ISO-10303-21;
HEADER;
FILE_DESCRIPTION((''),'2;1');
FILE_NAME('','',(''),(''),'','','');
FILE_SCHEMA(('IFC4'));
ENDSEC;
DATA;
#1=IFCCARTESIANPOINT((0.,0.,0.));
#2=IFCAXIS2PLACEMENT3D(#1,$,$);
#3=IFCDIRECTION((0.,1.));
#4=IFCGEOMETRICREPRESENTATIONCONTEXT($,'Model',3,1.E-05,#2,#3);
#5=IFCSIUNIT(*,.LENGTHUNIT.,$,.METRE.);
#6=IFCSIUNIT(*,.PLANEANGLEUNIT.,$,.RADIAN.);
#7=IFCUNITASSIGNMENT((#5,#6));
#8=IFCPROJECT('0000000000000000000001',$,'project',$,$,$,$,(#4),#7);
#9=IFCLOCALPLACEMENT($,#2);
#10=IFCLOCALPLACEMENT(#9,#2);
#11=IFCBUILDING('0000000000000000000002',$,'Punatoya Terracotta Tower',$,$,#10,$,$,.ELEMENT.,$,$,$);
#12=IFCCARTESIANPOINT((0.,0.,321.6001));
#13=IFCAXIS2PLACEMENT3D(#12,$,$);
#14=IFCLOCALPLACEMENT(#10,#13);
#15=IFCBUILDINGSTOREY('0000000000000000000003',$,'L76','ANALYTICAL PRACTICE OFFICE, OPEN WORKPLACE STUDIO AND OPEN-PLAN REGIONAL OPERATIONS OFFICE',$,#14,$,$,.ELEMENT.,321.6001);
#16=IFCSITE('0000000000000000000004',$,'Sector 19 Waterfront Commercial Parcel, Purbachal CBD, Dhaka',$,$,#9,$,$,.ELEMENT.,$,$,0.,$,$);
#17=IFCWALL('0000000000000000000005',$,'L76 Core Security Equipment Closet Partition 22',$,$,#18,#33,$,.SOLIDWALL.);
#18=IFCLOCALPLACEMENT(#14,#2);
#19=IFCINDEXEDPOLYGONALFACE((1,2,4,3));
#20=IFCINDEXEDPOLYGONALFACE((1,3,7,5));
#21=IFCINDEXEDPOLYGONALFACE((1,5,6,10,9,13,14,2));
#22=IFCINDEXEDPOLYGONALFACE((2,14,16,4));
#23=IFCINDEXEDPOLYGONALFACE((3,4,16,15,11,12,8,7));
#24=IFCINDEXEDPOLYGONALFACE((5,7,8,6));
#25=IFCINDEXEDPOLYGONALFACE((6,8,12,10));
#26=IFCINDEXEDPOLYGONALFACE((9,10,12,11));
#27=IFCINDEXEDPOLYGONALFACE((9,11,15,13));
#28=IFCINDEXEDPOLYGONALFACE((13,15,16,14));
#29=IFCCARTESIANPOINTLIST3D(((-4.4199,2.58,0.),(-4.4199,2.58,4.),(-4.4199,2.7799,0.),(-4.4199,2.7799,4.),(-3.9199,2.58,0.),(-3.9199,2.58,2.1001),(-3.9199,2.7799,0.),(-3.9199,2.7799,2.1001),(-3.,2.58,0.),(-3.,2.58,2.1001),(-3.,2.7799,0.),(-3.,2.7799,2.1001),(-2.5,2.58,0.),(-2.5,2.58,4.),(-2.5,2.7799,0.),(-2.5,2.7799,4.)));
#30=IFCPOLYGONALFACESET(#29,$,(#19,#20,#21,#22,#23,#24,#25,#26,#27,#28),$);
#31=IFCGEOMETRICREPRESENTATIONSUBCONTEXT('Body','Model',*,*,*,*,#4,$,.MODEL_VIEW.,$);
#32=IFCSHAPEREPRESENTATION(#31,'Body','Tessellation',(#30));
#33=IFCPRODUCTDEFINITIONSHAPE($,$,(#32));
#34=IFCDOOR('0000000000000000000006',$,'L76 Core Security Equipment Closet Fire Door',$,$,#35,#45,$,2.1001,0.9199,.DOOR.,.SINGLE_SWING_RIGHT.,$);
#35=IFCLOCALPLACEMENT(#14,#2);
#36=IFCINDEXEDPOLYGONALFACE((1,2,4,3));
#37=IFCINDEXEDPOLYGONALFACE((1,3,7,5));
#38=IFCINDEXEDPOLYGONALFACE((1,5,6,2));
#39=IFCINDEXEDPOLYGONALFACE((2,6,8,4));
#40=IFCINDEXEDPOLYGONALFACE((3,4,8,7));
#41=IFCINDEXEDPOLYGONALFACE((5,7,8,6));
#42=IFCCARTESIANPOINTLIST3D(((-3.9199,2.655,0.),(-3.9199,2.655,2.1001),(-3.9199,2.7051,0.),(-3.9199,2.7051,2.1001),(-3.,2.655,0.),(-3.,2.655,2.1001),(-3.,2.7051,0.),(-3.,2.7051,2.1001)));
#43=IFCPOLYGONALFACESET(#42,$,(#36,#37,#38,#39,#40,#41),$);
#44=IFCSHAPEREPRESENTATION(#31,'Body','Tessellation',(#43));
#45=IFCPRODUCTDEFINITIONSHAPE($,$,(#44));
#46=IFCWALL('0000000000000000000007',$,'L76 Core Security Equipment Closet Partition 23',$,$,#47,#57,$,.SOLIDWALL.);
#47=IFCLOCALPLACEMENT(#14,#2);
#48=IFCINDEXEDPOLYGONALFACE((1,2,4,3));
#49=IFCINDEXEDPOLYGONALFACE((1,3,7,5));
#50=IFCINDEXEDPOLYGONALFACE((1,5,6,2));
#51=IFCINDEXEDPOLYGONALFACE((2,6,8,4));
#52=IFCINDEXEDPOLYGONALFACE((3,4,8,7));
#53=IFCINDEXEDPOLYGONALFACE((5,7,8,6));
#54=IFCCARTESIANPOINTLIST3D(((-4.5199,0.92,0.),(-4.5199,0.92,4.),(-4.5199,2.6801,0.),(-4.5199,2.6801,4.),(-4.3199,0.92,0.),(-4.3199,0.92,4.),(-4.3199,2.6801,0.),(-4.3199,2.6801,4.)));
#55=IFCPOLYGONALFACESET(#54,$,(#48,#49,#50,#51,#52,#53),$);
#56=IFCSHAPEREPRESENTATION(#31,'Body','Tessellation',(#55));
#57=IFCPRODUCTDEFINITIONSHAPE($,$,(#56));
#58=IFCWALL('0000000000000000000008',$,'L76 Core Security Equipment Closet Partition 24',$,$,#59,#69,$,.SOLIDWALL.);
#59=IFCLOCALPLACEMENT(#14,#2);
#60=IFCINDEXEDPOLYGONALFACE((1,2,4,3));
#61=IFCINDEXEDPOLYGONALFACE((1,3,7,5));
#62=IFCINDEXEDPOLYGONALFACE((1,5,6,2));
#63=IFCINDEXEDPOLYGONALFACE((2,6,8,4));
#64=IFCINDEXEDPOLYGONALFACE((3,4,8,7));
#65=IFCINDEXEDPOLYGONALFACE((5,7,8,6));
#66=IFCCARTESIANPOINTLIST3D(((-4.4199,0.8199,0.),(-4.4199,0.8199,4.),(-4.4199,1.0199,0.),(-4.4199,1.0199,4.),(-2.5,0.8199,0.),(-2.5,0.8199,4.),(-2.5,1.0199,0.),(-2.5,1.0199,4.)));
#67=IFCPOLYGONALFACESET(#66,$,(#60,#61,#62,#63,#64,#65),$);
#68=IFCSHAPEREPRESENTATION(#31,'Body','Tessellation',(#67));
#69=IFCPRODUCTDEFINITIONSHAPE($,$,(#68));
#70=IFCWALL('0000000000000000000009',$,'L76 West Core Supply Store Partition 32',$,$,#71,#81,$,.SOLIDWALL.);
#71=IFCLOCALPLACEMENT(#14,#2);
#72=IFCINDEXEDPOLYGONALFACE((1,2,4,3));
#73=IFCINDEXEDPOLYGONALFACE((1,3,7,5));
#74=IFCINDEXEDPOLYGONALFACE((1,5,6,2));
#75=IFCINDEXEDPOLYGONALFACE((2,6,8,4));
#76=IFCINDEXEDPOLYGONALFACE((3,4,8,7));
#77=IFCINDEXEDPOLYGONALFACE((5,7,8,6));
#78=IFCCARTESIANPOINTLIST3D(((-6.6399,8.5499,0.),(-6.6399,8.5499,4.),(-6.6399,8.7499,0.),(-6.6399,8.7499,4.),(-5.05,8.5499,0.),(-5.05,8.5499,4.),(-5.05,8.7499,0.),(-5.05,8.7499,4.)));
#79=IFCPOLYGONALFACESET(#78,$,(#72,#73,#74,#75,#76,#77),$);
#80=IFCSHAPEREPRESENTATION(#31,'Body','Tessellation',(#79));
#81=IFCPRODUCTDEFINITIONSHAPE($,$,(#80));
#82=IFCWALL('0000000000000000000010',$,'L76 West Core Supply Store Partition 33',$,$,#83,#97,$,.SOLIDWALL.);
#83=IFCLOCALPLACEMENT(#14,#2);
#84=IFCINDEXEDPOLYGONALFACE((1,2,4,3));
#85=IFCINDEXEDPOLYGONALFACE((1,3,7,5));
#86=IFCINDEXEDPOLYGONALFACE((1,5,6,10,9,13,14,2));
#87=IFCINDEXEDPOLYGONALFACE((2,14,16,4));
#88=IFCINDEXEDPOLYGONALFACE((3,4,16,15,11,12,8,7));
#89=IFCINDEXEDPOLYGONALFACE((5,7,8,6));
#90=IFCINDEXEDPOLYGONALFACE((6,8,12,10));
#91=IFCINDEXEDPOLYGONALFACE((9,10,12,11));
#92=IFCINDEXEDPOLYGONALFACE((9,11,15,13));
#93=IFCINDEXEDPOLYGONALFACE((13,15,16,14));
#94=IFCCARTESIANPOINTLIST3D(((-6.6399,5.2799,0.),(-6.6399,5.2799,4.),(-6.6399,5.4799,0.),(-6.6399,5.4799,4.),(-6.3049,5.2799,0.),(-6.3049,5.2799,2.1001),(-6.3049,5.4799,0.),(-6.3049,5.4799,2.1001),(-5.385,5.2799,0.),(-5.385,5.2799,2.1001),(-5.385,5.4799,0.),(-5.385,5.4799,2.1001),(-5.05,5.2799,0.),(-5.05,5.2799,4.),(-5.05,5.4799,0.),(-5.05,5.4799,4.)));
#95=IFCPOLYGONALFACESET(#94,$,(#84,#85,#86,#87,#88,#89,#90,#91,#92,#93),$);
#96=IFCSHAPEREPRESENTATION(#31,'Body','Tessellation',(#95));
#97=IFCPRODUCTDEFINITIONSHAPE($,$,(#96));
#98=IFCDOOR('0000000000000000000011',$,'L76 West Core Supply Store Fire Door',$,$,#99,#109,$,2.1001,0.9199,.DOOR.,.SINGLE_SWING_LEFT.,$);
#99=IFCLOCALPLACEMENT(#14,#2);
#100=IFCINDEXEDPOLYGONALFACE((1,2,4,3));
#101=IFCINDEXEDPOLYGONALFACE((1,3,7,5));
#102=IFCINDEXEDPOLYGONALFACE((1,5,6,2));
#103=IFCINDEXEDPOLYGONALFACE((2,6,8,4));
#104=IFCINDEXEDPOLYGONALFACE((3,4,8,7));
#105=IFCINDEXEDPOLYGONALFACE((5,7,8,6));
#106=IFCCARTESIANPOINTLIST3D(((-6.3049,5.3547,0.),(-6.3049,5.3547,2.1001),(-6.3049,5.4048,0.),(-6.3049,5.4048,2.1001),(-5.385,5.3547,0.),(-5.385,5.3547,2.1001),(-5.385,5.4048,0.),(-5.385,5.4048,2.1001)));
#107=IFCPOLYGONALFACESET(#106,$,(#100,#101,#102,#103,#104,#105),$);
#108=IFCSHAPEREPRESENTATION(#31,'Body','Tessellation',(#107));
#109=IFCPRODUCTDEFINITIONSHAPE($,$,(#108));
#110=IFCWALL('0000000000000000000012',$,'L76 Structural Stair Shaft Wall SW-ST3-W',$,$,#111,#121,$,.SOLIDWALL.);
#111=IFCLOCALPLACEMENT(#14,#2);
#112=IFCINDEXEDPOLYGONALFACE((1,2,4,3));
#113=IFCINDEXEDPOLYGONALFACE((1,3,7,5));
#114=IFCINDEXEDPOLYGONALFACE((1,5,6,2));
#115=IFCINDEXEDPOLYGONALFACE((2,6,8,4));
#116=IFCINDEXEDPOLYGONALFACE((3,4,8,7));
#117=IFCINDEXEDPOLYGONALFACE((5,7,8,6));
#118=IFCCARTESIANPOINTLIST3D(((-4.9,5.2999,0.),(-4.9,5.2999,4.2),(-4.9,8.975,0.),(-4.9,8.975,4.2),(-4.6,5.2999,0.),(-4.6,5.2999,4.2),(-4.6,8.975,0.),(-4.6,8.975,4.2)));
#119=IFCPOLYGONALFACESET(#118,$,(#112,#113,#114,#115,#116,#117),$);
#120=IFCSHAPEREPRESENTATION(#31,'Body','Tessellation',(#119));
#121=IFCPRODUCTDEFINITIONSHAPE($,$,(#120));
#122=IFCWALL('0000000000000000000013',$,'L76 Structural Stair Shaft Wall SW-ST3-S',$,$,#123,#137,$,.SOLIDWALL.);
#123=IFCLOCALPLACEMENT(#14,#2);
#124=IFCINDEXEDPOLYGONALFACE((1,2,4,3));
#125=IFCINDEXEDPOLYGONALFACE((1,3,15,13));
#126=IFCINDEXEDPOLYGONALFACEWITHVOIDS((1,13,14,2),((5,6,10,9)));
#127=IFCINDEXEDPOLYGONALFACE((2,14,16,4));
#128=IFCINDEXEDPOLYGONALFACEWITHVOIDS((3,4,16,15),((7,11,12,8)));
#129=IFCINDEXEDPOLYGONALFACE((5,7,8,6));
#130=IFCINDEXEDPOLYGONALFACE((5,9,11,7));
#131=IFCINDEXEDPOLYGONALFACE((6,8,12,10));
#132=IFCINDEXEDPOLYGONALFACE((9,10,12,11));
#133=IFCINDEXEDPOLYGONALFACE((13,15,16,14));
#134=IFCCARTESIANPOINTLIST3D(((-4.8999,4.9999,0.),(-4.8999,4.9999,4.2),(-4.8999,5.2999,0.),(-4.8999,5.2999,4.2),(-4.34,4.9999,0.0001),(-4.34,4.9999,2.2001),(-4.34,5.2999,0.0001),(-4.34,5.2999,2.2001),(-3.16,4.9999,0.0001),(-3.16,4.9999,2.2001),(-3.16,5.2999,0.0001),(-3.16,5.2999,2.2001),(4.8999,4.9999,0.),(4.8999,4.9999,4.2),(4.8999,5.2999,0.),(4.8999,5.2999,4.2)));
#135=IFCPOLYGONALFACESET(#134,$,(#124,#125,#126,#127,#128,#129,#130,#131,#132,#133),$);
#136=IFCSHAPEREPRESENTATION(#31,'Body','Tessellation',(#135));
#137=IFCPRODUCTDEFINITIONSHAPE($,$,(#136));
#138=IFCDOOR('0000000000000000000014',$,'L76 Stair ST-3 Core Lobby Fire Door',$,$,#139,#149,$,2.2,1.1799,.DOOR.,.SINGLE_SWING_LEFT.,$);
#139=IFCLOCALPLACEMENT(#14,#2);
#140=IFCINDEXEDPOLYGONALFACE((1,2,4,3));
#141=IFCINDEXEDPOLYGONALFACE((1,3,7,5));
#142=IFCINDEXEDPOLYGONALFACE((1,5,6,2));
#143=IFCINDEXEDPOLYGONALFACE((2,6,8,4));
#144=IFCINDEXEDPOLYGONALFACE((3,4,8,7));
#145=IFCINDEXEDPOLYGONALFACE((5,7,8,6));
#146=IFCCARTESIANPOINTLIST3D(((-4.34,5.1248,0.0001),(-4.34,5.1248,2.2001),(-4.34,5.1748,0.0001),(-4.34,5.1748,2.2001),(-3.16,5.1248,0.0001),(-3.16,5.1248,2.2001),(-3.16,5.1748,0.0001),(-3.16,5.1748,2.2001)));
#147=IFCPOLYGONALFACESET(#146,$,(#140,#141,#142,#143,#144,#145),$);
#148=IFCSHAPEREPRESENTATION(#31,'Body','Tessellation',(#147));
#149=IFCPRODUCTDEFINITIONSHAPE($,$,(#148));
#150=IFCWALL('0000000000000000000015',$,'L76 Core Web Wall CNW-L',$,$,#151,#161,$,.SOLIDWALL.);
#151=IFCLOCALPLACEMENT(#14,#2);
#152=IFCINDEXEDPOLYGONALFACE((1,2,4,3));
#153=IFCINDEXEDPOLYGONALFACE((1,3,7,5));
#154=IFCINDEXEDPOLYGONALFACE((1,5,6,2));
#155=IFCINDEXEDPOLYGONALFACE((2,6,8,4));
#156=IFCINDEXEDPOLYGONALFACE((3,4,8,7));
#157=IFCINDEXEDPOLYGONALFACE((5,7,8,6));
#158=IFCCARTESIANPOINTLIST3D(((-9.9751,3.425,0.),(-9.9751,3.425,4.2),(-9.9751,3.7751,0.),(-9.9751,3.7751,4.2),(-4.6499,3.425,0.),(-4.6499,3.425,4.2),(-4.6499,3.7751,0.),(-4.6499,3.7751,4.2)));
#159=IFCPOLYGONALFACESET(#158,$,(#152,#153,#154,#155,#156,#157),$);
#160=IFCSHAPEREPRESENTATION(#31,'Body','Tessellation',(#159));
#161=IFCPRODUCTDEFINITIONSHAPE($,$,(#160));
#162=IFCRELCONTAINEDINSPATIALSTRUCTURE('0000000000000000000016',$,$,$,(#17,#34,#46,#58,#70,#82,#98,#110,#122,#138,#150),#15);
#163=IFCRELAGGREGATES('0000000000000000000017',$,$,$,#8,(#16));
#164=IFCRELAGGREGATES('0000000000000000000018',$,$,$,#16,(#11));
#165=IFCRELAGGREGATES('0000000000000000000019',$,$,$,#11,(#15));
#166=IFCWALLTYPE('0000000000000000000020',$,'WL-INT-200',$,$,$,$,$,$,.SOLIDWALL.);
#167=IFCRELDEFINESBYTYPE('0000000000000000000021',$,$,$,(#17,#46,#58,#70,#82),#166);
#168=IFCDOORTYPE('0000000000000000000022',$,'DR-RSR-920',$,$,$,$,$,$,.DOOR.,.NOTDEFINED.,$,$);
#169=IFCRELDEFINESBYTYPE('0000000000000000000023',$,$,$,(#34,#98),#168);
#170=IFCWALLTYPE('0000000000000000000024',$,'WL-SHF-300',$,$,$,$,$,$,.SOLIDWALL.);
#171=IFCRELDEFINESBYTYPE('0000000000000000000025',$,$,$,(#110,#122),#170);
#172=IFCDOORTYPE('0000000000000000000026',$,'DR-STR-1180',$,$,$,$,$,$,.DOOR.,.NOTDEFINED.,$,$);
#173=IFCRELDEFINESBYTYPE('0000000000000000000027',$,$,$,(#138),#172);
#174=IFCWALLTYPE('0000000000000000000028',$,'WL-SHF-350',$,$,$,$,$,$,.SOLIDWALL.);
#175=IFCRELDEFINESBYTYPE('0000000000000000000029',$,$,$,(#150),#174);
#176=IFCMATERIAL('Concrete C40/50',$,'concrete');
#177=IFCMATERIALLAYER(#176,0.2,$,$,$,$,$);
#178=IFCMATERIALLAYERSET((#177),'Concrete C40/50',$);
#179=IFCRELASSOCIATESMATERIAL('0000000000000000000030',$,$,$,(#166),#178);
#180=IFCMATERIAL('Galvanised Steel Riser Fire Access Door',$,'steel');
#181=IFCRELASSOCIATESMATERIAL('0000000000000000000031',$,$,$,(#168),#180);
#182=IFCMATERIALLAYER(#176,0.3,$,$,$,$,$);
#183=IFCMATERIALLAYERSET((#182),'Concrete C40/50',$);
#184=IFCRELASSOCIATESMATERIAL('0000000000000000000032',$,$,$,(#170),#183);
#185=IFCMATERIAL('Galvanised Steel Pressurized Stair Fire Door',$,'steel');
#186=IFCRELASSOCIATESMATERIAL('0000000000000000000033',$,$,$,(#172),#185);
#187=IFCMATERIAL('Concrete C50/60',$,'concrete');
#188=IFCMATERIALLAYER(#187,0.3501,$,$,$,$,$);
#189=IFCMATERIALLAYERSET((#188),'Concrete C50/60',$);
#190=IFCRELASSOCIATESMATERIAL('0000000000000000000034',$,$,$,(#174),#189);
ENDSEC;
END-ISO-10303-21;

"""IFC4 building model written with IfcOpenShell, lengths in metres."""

from ifc_helpers import new_model, si_unit, direction, frame, frame_2d, origin, place, context, subcontext, project, spatial, rectangle, extrude, material, layer, layer_set, type_object, element, fill, save


model = new_model("IFC4")

# Units and contexts
model_context = context("Model", 3, precision=1e-05, world=origin(), true_north=direction((0.0, 1.0)))
body_context = subcontext(model_context, "Body", "Model", "MODEL_VIEW")
ifc_project = project(units=[si_unit("LENGTHUNIT", "METRE"), si_unit("PLANEANGLEUNIT", "RADIAN")], contexts=[model_context])

# Site, building, storey
site_placement = place(None, origin())
site = spatial("IfcSite", under=ifc_project, at=site_placement, Name="Sector 19 Waterfront Commercial Parcel, Purbachal CBD, Dhaka", CompositionType="ELEMENT", RefElevation=0.0)
building_placement = place(site_placement, origin())
building = spatial("IfcBuilding", under=site, at=building_placement, Name="Punatoya Terracotta Tower", CompositionType="ELEMENT")
storey_placement = place(building_placement, frame((0.0, 0.0, 321.6001)))
storey = spatial("IfcBuildingStorey", under=building, at=storey_placement, Name="L76", Description="ANALYTICAL PRACTICE OFFICE, OPEN WORKPLACE STUDIO AND OPEN-PLAN REGIONAL OPERATIONS OFFICE", CompositionType="ELEMENT", Elevation=321.6001)

# Shared definitions
ifc_material_1 = material(Name="Concrete C50/60", Category="concrete")

# Shared definitions
ifc_material_2 = material(Name="Concrete C40/50", Category="concrete")
ifc_layer_1 = layer(ifc_material_2, 0.2)
ifc_layer_set_1 = layer_set([ifc_layer_1], Name="Concrete C40/50")
wall_type_1 = type_object("IfcWallType", Name="WL-INT-200", PredefinedType="SOLIDWALL", material=ifc_layer_set_1)

# Wall, opening, door
wall_1_placement = place(storey_placement, frame((-2.5, 2.6799, 0.0), z_axis=(0.0, 0.0, 1.0), x_axis=(-1.0, 0.0, 0.0)))
wall_1 = element("IfcWall", 1, at=wall_1_placement, inside=storey, type_object=wall_type_1, Name="L76 Core Security Equipment Closet Partition 22", PredefinedType="SOLIDWALL", context=body_context, shape_type="SweptSolid", body=[
    extrude(rectangle(XDim=1.9199, YDim=0.2, at=frame_2d((0.96, 0.0))), origin(), (0.0, 0.0, 1.0), 4.0),
])
opening_1_placement = place(wall_1_placement, frame((0.5, 0.0, 0.0)))
opening_1 = element("IfcOpeningElement", 2, at=opening_1_placement, cuts=wall_1, PredefinedType="OPENING", context=body_context, shape_type="SweptSolid", body=[
    extrude(rectangle(XDim=0.9199, YDim=2.1001, at=frame_2d((0.46, 1.05))), frame((0.0, 0.1099, 0.0), z_axis=(0.0, -1.0, 0.0), x_axis=(1.0, 0.0, 0.0)), (0.0, 0.0, 1.0), 0.22),
])
ifc_material_3 = material(Name="Galvanised Steel Riser Fire Access Door", Category="steel")
door_type_1 = type_object("IfcDoorType", Name="DR-RSR-920", OperationType="NOTDEFINED", PredefinedType="DOOR", material=ifc_material_3)
door_1_placement = place(opening_1_placement, origin())
door_1 = element("IfcDoor", 3, at=door_1_placement, inside=storey, type_object=door_type_1, Name="L76 Core Security Equipment Closet Fire Door", OperationType="SINGLE_SWING_RIGHT", OverallHeight=2.1001, OverallWidth=0.9199, PredefinedType="DOOR", context=body_context, shape_type="SweptSolid", body=[
    extrude(rectangle(XDim=0.9199, YDim=2.1001, at=frame_2d((0.46, 1.05))), frame((0.0, 0.0249, 0.0), z_axis=(0.0, -1.0, 0.0), x_axis=(1.0, 0.0, 0.0)), (0.0, 0.0, 1.0), 0.05),
])
fill(opening_1, door_1)

# Walls
wall_2_placement = place(storey_placement, frame((-4.4199, 2.6799, 0.0), z_axis=(0.0, 0.0, 1.0), x_axis=(0.0, -1.0, 0.0)))
element("IfcWall", 4, at=wall_2_placement, inside=storey, type_object=wall_type_1, Name="L76 Core Security Equipment Closet Partition 23", PredefinedType="SOLIDWALL", context=body_context, shape_type="SweptSolid", body=[
    extrude(rectangle(XDim=1.76, YDim=0.2, at=frame_2d((0.8799, 0.0))), origin(), (0.0, 0.0, 1.0), 4.0),
])
wall_3_placement = place(storey_placement, frame((-4.4199, 0.9199, 0.0), z_axis=(0.0, 0.0, 1.0), x_axis=(1.0, 0.0, 0.0)))
element("IfcWall", 5, at=wall_3_placement, inside=storey, type_object=wall_type_1, Name="L76 Core Security Equipment Closet Partition 24", PredefinedType="SOLIDWALL", context=body_context, shape_type="SweptSolid", body=[
    extrude(rectangle(XDim=1.9199, YDim=0.2, at=frame_2d((0.96, 0.0))), origin(), (0.0, 0.0, 1.0), 4.0),
])
wall_4_placement = place(storey_placement, frame((-5.05, 8.6499, 0.0), z_axis=(0.0, 0.0, 1.0), x_axis=(-1.0, 0.0, 0.0)))
element("IfcWall", 6, at=wall_4_placement, inside=storey, type_object=wall_type_1, Name="L76 West Core Supply Store Partition 32", PredefinedType="SOLIDWALL", context=body_context, shape_type="SweptSolid", body=[
    extrude(rectangle(XDim=1.5898, YDim=0.2, at=frame_2d((0.7949, 0.0))), origin(), (0.0, 0.0, 1.0), 4.0),
])

# Wall, opening, door
wall_5_placement = place(storey_placement, frame((-6.6399, 5.3799, 0.0), z_axis=(0.0, 0.0, 1.0), x_axis=(1.0, 0.0, 0.0)))
wall_5 = element("IfcWall", 7, at=wall_5_placement, inside=storey, type_object=wall_type_1, Name="L76 West Core Supply Store Partition 33", PredefinedType="SOLIDWALL", context=body_context, shape_type="SweptSolid", body=[
    extrude(rectangle(XDim=1.5898, YDim=0.2, at=frame_2d((0.7949, 0.0))), origin(), (0.0, 0.0, 1.0), 4.0),
])
opening_2_placement = place(wall_5_placement, frame((0.335, 0.0, 0.0)))
opening_2 = element("IfcOpeningElement", 8, at=opening_2_placement, cuts=wall_5, PredefinedType="OPENING", context=body_context, shape_type="SweptSolid", body=[
    extrude(rectangle(XDim=0.9199, YDim=2.1001, at=frame_2d((0.46, 1.05))), frame((0.0, 0.1099, 0.0), z_axis=(0.0, -1.0, 0.0), x_axis=(1.0, 0.0, 0.0)), (0.0, 0.0, 1.0), 0.22),
])
door_2_placement = place(opening_2_placement, origin())
door_2 = element("IfcDoor", 9, at=door_2_placement, inside=storey, type_object=door_type_1, Name="L76 West Core Supply Store Fire Door", OperationType="SINGLE_SWING_LEFT", OverallHeight=2.1001, OverallWidth=0.9199, PredefinedType="DOOR", context=body_context, shape_type="SweptSolid", body=[
    extrude(rectangle(XDim=0.9199, YDim=2.1001, at=frame_2d((0.46, 1.05))), frame((0.0, 0.0249, 0.0), z_axis=(0.0, -1.0, 0.0), x_axis=(1.0, 0.0, 0.0)), (0.0, 0.0, 1.0), 0.05),
])
fill(opening_2, door_2)

# Wall
ifc_layer_2 = layer(ifc_material_2, 0.3)
ifc_layer_set_2 = layer_set([ifc_layer_2], Name="Concrete C40/50")
wall_type_2 = type_object("IfcWallType", Name="WL-SHF-300", PredefinedType="SOLIDWALL", material=ifc_layer_set_2)
wall_6_placement = place(storey_placement, frame((-4.75, 5.3, 0.0), z_axis=(0.0, 0.0, 1.0), x_axis=(0.0, 1.0, 0.0)))
element("IfcWall", 10, at=wall_6_placement, inside=storey, type_object=wall_type_2, Name="L76 Structural Stair Shaft Wall SW-ST3-W", PredefinedType="SOLIDWALL", context=body_context, shape_type="SweptSolid", body=[
    extrude(rectangle(XDim=3.675, YDim=0.3, at=frame_2d((1.8374, 0.0))), origin(), (0.0, 0.0, 1.0), 4.2),
])

# Wall, opening, door
wall_7_placement = place(storey_placement, frame((-4.8999, 5.1499, 0.0), z_axis=(0.0, 0.0, 1.0), x_axis=(1.0, 0.0, 0.0)))
wall_7 = element("IfcWall", 11, at=wall_7_placement, inside=storey, type_object=wall_type_2, Name="L76 Structural Stair Shaft Wall SW-ST3-S", PredefinedType="SOLIDWALL", context=body_context, shape_type="SweptSolid", body=[
    extrude(rectangle(XDim=9.7998, YDim=0.3, at=frame_2d((4.8999, 0.0))), origin(), (0.0, 0.0, 1.0), 4.2),
])
opening_3_placement = place(wall_7_placement, frame((0.5601, 0.0, 0.0)))
opening_3 = element("IfcOpeningElement", 12, at=opening_3_placement, cuts=wall_7, PredefinedType="OPENING", context=body_context, shape_type="SweptSolid", body=[
    extrude(rectangle(XDim=1.1799, YDim=2.2, at=frame_2d((0.5898, 1.1001))), frame((0.0, 0.1599, 0.0), z_axis=(0.0, -1.0, 0.0), x_axis=(1.0, 0.0, 0.0)), (0.0, 0.0, 1.0), 0.3201),
])
ifc_material_4 = material(Name="Galvanised Steel Pressurized Stair Fire Door", Category="steel")
door_type_2 = type_object("IfcDoorType", Name="DR-STR-1180", OperationType="NOTDEFINED", PredefinedType="DOOR", material=ifc_material_4)
door_3_placement = place(opening_3_placement, origin())
door_3 = element("IfcDoor", 13, at=door_3_placement, inside=storey, type_object=door_type_2, Name="L76 Stair ST-3 Core Lobby Fire Door", OperationType="SINGLE_SWING_LEFT", OverallHeight=2.2, OverallWidth=1.1799, PredefinedType="DOOR", context=body_context, shape_type="SweptSolid", body=[
    extrude(rectangle(XDim=1.1799, YDim=2.2, at=frame_2d((0.5898, 1.1001))), frame((0.0, 0.0249, 0.0), z_axis=(0.0, -1.0, 0.0), x_axis=(1.0, 0.0, 0.0)), (0.0, 0.0, 1.0), 0.05),
])
fill(opening_3, door_3)

# Wall
ifc_layer_3 = layer(ifc_material_1, 0.3501)
ifc_layer_set_3 = layer_set([ifc_layer_3], Name="Concrete C50/60")
wall_type_3 = type_object("IfcWallType", Name="WL-SHF-350", PredefinedType="SOLIDWALL", material=ifc_layer_set_3)
wall_8_placement = place(storey_placement, frame((-9.9751, 3.6001, 0.0), z_axis=(0.0, 0.0, 1.0), x_axis=(1.0, 0.0, 0.0)))
element("IfcWall", 14, at=wall_8_placement, inside=storey, type_object=wall_type_3, Name="L76 Core Web Wall CNW-L", PredefinedType="SOLIDWALL", context=body_context, shape_type="SweptSolid", body=[
    extrude(rectangle(XDim=5.3252, YDim=0.3501, at=frame_2d((2.6626, 0.0))), origin(), (0.0, 0.0, 1.0), 4.2),
])

save(model, "model.ifc")
